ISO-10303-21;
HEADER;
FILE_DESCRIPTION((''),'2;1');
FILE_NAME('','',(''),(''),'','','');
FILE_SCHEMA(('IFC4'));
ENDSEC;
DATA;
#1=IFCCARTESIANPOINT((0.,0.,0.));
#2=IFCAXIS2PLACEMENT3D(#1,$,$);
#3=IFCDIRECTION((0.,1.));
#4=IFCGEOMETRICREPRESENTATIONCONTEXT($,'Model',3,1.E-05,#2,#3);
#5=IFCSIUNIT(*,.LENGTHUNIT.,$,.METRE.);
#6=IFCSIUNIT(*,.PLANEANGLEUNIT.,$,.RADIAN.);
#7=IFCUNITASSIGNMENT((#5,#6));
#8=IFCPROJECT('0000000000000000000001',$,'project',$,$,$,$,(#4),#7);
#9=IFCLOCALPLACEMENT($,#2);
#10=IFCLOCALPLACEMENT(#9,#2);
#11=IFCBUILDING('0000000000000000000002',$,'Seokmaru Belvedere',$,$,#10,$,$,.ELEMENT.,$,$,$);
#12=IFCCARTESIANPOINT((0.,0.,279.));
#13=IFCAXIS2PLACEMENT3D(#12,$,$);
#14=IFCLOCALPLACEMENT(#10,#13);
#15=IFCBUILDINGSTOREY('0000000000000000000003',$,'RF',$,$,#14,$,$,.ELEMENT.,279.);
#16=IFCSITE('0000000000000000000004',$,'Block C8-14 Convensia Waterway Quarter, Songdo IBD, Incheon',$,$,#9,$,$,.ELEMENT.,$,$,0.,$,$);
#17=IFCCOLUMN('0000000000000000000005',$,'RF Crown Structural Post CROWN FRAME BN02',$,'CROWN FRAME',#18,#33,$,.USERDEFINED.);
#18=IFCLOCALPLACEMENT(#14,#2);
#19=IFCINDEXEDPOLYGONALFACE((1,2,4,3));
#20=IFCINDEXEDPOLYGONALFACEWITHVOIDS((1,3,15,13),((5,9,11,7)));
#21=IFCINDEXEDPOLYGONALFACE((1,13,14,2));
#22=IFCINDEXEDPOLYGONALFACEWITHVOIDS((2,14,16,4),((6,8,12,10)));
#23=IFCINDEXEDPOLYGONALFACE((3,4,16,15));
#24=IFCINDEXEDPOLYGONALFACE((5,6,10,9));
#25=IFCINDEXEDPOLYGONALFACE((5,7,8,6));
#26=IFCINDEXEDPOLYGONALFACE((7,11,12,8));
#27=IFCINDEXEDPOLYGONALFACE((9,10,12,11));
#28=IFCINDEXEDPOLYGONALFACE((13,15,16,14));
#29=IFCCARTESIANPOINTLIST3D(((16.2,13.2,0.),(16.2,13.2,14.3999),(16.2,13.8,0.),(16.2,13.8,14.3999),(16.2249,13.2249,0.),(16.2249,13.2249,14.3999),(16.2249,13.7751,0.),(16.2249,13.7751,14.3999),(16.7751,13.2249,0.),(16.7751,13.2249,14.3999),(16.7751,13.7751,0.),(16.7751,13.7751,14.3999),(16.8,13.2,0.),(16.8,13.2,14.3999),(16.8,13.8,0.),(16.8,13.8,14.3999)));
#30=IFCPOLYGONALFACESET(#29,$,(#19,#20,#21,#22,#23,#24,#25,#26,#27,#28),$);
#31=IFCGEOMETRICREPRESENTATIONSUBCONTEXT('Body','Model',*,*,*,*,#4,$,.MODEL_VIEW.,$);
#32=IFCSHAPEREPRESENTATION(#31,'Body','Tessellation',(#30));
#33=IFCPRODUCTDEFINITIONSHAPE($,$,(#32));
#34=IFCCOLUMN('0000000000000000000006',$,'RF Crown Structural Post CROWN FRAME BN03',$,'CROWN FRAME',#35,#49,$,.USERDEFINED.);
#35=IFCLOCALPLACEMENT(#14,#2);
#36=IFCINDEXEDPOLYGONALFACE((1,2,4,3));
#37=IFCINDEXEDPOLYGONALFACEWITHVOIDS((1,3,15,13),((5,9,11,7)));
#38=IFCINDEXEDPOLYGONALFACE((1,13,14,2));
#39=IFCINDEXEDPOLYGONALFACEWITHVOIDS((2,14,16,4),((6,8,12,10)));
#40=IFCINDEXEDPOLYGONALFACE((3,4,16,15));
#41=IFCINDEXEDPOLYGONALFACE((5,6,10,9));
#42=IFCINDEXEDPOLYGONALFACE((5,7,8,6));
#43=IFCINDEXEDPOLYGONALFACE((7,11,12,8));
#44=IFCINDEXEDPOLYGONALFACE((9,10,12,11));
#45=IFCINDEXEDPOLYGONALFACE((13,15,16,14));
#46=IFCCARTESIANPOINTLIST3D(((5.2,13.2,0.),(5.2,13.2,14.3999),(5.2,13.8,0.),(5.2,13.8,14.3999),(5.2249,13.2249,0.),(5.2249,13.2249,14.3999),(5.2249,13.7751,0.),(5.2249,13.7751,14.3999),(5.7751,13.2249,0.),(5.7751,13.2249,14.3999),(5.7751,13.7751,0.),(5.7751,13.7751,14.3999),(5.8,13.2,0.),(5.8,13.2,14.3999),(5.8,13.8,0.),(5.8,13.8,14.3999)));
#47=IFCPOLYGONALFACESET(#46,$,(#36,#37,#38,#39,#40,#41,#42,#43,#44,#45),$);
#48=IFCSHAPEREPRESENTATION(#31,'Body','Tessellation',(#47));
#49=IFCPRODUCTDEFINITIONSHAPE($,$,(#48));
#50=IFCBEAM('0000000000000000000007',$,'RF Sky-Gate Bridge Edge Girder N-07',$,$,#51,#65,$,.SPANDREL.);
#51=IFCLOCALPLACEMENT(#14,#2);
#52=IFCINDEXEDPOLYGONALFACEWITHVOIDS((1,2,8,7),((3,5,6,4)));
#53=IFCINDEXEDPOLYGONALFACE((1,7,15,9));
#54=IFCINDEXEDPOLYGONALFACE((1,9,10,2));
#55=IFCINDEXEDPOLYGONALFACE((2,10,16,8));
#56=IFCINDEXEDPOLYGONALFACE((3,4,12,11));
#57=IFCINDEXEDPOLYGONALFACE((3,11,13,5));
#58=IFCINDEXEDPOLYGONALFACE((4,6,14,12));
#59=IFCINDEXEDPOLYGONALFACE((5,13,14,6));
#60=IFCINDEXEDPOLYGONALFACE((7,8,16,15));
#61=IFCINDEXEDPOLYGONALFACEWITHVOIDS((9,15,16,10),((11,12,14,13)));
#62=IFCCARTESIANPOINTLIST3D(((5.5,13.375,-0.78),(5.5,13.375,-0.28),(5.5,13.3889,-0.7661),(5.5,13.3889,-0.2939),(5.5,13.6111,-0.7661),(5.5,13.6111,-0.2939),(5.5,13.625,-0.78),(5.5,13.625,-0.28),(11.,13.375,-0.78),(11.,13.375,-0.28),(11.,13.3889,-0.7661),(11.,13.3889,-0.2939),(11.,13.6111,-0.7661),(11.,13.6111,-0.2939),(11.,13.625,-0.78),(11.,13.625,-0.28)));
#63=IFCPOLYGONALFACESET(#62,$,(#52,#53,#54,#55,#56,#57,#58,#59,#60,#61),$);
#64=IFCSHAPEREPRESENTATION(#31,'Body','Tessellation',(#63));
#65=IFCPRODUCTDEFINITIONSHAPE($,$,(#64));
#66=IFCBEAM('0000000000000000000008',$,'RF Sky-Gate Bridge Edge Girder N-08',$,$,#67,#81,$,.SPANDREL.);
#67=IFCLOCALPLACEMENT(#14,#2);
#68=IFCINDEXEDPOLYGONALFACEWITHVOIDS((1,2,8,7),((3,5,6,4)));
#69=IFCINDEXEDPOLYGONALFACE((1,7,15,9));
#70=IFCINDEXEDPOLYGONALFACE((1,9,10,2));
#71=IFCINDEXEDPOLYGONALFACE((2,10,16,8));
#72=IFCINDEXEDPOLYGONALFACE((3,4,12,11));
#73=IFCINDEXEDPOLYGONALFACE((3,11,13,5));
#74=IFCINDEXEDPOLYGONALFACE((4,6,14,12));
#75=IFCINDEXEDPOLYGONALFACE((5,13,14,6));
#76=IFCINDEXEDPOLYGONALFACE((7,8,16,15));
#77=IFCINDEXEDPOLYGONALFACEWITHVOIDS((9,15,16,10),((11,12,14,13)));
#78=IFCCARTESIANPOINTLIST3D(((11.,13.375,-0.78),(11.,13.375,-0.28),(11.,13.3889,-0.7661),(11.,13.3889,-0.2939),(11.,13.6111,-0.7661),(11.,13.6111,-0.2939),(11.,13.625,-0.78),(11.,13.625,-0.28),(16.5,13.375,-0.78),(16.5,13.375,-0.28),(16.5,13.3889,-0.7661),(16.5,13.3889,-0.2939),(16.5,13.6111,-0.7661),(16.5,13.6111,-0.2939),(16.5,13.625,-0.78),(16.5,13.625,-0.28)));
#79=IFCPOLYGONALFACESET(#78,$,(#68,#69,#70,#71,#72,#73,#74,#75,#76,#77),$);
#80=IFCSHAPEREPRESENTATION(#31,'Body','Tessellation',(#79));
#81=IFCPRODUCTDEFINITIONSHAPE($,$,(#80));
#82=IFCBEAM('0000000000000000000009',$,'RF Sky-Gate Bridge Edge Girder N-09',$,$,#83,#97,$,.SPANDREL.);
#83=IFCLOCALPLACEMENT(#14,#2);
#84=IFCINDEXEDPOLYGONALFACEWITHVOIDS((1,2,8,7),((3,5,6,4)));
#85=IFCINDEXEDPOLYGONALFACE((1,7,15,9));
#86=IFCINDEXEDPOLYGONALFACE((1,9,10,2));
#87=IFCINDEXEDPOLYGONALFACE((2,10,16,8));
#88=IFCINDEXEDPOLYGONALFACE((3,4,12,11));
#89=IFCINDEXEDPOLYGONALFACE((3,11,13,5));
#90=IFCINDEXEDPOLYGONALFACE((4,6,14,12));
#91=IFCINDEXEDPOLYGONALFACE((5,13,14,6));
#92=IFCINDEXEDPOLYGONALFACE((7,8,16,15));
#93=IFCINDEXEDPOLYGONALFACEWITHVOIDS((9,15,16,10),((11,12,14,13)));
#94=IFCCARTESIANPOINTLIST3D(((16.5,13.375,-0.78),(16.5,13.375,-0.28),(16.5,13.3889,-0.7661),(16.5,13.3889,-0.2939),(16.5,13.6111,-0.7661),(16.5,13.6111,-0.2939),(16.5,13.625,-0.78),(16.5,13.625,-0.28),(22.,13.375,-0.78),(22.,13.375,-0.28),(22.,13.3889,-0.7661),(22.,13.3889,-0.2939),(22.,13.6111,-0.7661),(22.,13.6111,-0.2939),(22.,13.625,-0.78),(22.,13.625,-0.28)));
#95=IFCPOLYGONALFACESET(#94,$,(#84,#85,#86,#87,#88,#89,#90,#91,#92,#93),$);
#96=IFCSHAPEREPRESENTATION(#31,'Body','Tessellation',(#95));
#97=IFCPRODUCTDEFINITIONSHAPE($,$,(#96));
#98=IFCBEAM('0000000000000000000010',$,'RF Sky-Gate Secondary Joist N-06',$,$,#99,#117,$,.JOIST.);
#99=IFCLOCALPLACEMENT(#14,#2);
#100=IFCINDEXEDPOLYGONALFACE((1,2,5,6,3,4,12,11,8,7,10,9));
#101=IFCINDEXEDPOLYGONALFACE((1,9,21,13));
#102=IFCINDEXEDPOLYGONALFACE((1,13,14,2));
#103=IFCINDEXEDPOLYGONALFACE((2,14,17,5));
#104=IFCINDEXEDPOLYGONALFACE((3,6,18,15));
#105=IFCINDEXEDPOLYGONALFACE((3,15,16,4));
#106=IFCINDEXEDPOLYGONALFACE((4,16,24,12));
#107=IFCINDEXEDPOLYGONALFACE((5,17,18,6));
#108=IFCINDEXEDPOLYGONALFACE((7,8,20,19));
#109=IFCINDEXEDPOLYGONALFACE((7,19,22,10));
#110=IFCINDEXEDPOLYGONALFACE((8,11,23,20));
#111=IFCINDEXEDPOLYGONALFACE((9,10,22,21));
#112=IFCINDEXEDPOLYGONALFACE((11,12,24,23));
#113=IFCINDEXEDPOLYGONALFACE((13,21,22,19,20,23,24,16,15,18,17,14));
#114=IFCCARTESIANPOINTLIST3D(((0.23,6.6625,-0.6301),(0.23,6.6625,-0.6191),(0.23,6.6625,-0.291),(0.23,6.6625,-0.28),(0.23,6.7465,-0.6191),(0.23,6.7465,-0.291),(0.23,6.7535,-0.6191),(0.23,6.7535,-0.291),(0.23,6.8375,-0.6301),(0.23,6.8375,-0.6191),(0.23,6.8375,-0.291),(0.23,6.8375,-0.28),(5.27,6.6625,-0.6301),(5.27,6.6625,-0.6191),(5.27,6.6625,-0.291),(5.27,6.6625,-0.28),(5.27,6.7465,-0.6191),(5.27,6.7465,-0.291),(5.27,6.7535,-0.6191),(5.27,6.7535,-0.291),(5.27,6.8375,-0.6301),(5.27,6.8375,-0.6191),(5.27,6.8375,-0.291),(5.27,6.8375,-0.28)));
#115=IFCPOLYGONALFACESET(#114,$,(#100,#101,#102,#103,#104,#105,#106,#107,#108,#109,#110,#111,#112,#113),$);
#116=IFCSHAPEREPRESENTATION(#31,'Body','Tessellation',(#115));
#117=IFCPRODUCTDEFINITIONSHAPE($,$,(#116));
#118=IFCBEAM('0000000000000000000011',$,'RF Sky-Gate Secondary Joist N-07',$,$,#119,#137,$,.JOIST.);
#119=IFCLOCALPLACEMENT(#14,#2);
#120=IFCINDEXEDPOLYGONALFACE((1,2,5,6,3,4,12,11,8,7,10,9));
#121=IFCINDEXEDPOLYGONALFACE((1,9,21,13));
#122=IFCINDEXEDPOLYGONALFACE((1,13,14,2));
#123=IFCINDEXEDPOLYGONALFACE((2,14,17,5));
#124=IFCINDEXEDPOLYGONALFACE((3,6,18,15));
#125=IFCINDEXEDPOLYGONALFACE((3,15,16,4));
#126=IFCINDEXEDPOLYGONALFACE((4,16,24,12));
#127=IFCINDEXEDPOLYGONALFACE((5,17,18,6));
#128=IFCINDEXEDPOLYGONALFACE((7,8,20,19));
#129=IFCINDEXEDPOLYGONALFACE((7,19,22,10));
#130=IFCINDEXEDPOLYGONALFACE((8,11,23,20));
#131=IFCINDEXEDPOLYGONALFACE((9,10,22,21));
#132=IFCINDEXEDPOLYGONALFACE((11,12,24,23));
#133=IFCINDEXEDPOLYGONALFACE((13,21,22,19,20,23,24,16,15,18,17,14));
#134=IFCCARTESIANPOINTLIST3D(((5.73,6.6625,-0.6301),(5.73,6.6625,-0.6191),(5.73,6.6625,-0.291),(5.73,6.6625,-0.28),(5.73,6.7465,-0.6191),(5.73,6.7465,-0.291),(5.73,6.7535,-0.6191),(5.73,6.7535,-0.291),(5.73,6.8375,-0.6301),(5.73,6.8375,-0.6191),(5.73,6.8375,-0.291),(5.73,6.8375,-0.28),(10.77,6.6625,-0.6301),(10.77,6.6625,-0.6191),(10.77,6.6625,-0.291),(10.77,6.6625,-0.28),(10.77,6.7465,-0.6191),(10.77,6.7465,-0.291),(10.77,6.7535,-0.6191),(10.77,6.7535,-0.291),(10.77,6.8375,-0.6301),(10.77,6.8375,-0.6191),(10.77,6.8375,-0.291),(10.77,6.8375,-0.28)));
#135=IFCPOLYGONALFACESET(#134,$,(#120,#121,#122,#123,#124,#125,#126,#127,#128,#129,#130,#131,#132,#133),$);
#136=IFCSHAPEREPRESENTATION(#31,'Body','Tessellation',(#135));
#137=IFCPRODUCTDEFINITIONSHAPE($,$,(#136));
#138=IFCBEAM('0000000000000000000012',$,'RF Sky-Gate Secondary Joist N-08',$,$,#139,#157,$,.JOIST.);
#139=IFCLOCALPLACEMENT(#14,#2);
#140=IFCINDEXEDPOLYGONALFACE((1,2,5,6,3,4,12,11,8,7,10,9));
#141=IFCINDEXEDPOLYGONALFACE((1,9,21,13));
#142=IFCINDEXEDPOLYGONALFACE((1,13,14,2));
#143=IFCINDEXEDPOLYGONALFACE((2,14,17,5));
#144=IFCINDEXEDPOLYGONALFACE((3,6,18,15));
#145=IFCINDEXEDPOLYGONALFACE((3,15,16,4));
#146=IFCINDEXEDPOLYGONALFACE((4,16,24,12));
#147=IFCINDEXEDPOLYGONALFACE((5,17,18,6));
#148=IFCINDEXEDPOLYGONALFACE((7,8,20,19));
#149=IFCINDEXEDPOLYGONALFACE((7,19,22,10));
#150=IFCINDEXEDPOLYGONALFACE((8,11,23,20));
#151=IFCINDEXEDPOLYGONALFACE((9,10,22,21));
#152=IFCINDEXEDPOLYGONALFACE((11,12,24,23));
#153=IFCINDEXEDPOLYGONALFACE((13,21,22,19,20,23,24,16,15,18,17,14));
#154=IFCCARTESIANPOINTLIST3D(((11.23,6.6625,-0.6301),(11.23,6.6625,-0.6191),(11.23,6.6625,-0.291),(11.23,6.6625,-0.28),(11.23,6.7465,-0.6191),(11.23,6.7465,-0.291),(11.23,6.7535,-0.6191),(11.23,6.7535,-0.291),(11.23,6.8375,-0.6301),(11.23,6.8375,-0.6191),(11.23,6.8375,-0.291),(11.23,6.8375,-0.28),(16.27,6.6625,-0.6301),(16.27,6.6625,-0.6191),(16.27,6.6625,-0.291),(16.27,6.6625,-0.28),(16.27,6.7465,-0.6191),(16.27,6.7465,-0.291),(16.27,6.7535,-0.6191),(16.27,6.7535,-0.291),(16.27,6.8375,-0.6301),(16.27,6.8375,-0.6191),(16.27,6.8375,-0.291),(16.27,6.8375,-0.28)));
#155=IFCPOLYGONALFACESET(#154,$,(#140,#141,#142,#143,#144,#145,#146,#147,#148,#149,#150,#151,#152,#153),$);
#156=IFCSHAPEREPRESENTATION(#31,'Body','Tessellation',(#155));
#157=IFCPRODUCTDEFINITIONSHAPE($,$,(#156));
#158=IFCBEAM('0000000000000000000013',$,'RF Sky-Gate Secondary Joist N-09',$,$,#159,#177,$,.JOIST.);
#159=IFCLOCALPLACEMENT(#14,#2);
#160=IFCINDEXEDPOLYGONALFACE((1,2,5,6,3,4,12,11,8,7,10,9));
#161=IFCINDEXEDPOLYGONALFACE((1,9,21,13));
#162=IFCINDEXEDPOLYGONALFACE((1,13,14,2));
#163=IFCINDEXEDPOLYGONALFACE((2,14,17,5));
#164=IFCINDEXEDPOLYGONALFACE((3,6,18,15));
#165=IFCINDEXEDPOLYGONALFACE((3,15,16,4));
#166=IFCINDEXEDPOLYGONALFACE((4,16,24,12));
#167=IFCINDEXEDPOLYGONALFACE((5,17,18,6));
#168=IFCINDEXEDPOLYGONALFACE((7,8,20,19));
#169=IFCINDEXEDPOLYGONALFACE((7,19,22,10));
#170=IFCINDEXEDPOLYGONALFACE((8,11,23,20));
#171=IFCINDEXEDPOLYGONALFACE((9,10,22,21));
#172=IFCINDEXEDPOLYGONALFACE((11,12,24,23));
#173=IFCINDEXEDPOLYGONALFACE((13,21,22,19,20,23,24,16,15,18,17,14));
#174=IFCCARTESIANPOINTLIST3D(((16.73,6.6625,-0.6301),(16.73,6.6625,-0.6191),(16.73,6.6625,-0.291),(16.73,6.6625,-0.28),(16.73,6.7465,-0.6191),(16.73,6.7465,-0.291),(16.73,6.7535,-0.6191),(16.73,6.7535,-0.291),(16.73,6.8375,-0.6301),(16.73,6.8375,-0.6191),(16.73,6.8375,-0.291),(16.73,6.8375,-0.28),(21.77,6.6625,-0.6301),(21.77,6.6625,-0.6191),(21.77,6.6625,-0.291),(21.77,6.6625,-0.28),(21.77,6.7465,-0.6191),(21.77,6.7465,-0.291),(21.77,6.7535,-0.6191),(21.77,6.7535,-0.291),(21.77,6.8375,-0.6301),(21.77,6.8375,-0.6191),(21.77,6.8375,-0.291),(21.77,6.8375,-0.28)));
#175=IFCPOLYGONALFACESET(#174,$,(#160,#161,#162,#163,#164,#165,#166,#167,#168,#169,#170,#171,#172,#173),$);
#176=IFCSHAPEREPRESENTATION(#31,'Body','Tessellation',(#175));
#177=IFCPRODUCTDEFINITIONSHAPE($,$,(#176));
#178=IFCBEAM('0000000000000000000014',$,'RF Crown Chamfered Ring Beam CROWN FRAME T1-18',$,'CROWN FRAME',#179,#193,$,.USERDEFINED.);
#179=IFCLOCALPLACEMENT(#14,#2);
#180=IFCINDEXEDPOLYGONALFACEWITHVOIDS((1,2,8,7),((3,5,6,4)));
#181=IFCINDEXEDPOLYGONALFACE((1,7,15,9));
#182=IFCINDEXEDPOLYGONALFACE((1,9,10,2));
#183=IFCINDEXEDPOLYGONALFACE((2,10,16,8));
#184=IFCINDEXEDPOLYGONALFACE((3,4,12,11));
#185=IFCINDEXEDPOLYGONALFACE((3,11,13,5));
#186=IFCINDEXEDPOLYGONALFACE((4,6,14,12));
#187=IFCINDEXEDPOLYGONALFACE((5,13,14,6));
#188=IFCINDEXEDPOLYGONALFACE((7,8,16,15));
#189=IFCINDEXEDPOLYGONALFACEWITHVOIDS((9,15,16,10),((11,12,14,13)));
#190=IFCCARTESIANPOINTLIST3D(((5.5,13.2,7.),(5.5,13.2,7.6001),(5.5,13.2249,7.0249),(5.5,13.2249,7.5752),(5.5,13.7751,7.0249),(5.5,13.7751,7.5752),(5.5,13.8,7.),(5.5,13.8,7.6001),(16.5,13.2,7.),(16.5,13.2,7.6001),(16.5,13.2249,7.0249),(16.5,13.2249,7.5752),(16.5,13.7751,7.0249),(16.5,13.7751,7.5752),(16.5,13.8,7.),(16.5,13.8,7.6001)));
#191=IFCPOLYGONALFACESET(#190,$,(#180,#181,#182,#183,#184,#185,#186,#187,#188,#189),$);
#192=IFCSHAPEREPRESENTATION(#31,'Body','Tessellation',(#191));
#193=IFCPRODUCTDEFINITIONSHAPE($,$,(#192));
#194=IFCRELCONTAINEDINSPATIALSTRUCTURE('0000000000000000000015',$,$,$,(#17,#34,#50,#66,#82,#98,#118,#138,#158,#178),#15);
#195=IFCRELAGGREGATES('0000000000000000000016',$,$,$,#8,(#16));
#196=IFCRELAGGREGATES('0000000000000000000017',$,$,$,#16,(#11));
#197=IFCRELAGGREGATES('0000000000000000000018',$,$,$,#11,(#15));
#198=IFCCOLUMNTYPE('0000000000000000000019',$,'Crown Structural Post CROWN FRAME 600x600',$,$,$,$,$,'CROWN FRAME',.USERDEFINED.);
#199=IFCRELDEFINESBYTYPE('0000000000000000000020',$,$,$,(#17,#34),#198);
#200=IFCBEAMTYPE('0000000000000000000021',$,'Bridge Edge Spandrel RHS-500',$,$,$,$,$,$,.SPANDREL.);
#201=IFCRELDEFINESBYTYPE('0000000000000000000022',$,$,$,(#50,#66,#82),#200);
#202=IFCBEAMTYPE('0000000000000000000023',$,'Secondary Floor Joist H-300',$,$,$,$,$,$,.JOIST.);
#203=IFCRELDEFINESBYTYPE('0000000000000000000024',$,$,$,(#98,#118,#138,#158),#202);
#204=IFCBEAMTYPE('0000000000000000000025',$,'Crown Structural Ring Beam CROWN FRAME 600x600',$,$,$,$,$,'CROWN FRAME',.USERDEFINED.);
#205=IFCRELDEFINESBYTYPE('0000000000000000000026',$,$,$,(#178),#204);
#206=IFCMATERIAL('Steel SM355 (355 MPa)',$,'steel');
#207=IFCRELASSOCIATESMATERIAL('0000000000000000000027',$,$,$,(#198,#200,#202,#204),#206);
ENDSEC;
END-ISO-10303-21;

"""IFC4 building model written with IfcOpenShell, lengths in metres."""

from ifc_helpers import new_model, si_unit, direction, frame, origin, origin_2d, place, context, subcontext, project, spatial, hollow_rectangle, i_section, extrude, source, transform, mapped, material, material_profile, profile_set, type_object, type_shapes, element, save


model = new_model("IFC4")

# Units and contexts
model_context = context("Model", 3, precision=1e-05, world=origin(), true_north=direction((0.0, 1.0)))
body_context = subcontext(model_context, "Body", "Model", "MODEL_VIEW")
ifc_project = project(units=[si_unit("LENGTHUNIT", "METRE"), si_unit("PLANEANGLEUNIT", "RADIAN")], contexts=[model_context])

# Site, building, storey
site_placement = place(None, origin())
site = spatial("IfcSite", under=ifc_project, at=site_placement, Name="Block C8-14 Convensia Waterway Quarter, Songdo IBD, Incheon", CompositionType="ELEMENT", RefElevation=0.0)
building_placement = place(site_placement, origin())
building = spatial("IfcBuilding", under=site, at=building_placement, Name="Seokmaru Belvedere", CompositionType="ELEMENT")
storey_placement = place(building_placement, frame((0.0, 0.0, 279.0)))
storey = spatial("IfcBuildingStorey", under=building, at=storey_placement, Name="RF", CompositionType="ELEMENT", Elevation=279.0)

# Columns
ifc_material_1 = material(Name="Steel SM355 (355 MPa)", Category="steel")
ifc_material_profile_1 = material_profile(ifc_material_1, hollow_rectangle(XDim=0.6001, YDim=0.6001, WallThickness=0.0249, at=origin_2d()), Name="HSS-600x600x25")
ifc_profile_set_1 = profile_set([ifc_material_profile_1], Name="Steel SM355 (355 MPa)")
column_type = type_object("IfcColumnType", Name="Crown Structural Post CROWN FRAME 600x600", ElementType="CROWN FRAME", PredefinedType="USERDEFINED", material=ifc_profile_set_1)
shared_shape_1 = source(origin(), body_context, "Body", "SweptSolid", [
    extrude(hollow_rectangle(XDim=0.6001, YDim=0.6001, WallThickness=0.0249, at=origin_2d()), origin(), (0.0, 0.0, 1.0), 14.3999),
])
type_shapes(column_type, [shared_shape_1])
for number, where, z_axis, x_axis, name in (
    (1, (16.5, 13.5, 0.0), (0.0, 0.0, 1.0), (1.0, 0.0, 0.0), "RF Crown Structural Post CROWN FRAME BN02"),
    (2, (5.5, 13.5, 0.0), (0.0, 0.0, 1.0), (1.0, 0.0, 0.0), "RF Crown Structural Post CROWN FRAME BN03"),
):
    element("IfcColumn", number, at=place(storey_placement, frame(where, z_axis=z_axis, x_axis=x_axis)), inside=storey, type_object=column_type, Name=name, ObjectType="CROWN FRAME", PredefinedType="USERDEFINED", context=body_context, shape_type="MappedRepresentation", body=[
        mapped(shared_shape_1, transform((0.0, 0.0, 0.0), scale=1.0)),
    ])

# Beams
ifc_material_profile_2 = material_profile(ifc_material_1, hollow_rectangle(XDim=0.25, YDim=0.5, WallThickness=0.0139, at=origin_2d()), Name="RHS-500x250x14")
ifc_profile_set_2 = profile_set([ifc_material_profile_2], Name="Steel SM355 (355 MPa)")
beam_type_1 = type_object("IfcBeamType", Name="Bridge Edge Spandrel RHS-500", PredefinedType="SPANDREL", material=ifc_profile_set_2)
shared_shape_2 = source(origin(), body_context, "Body", "SweptSolid", [
    extrude(hollow_rectangle(XDim=0.25, YDim=0.5, WallThickness=0.0139, at=origin_2d()), origin(), (0.0, 0.0, 1.0), 5.5),
])
type_shapes(beam_type_1, [shared_shape_2])
for number, where, z_axis, x_axis, name in (
    (3, (5.5, 13.5, -0.53), (1.0, 0.0, 0.0), (0.0, 1.0, 0.0), "RF Sky-Gate Bridge Edge Girder N-07"),
    (4, (11.0, 13.5, -0.53), (1.0, 0.0, 0.0), (0.0, 1.0, 0.0), "RF Sky-Gate Bridge Edge Girder N-08"),
    (5, (16.5, 13.5, -0.53), (1.0, 0.0, 0.0), (0.0, 1.0, 0.0), "RF Sky-Gate Bridge Edge Girder N-09"),
):
    element("IfcBeam", number, at=place(storey_placement, frame(where, z_axis=z_axis, x_axis=x_axis)), inside=storey, type_object=beam_type_1, Name=name, PredefinedType="SPANDREL", context=body_context, shape_type="MappedRepresentation", body=[
        mapped(shared_shape_2, transform((0.0, 0.0, 0.0), scale=1.0)),
    ])
ifc_material_profile_3 = material_profile(ifc_material_1, i_section(OverallWidth=0.175, OverallDepth=0.3501, WebThickness=0.0071, FlangeThickness=0.011, at=origin_2d()), Name="H-350x175x7x11")
ifc_profile_set_3 = profile_set([ifc_material_profile_3], Name="Steel SM355 (355 MPa)")
beam_type_2 = type_object("IfcBeamType", Name="Secondary Floor Joist H-300", PredefinedType="JOIST", material=ifc_profile_set_3)
shared_shape_3 = source(origin(), body_context, "Body", "SweptSolid", [
    extrude(i_section(OverallWidth=0.175, OverallDepth=0.3501, WebThickness=0.0071, FlangeThickness=0.011, at=origin_2d()), origin(), (0.0, 0.0, 1.0), 5.04),
])
type_shapes(beam_type_2, [shared_shape_3])
for number, where, z_axis, x_axis, name in (
    (6, (0.23, 6.75, -0.4551), (1.0, 0.0, 0.0), (0.0, 1.0, 0.0), "RF Sky-Gate Secondary Joist N-06"),
    (7, (5.73, 6.75, -0.4551), (1.0, 0.0, 0.0), (0.0, 1.0, 0.0), "RF Sky-Gate Secondary Joist N-07"),
    (8, (11.23, 6.75, -0.4551), (1.0, 0.0, 0.0), (0.0, 1.0, 0.0), "RF Sky-Gate Secondary Joist N-08"),
    (9, (16.73, 6.75, -0.4551), (1.0, 0.0, 0.0), (0.0, 1.0, 0.0), "RF Sky-Gate Secondary Joist N-09"),
):
    element("IfcBeam", number, at=place(storey_placement, frame(where, z_axis=z_axis, x_axis=x_axis)), inside=storey, type_object=beam_type_2, Name=name, PredefinedType="JOIST", context=body_context, shape_type="MappedRepresentation", body=[
        mapped(shared_shape_3, transform((0.0, 0.0, 0.0), scale=1.0)),
    ])
ifc_material_profile_4 = material_profile(ifc_material_1, hollow_rectangle(XDim=0.6001, YDim=0.6001, WallThickness=0.0249, at=origin_2d()), Name="HSS-600x600x25")
ifc_profile_set_4 = profile_set([ifc_material_profile_4], Name="Steel SM355 (355 MPa)")
beam_type_3 = type_object("IfcBeamType", Name="Crown Structural Ring Beam CROWN FRAME 600x600", ElementType="CROWN FRAME", PredefinedType="USERDEFINED", material=ifc_profile_set_4)
shared_shape_4 = source(origin(), body_context, "Body", "SweptSolid", [
    extrude(hollow_rectangle(XDim=0.6001, YDim=0.6001, WallThickness=0.0249, at=origin_2d()), origin(), (0.0, 0.0, 1.0), 11.0),
])
type_shapes(beam_type_3, [shared_shape_4])
for number, where, z_axis, x_axis, name in (
    (10, (16.5, 13.5, 7.3), (-1.0, 0.0, 0.0), (0.0, -1.0, 0.0), "RF Crown Chamfered Ring Beam CROWN FRAME T1-18"),
):
    element("IfcBeam", number, at=place(storey_placement, frame(where, z_axis=z_axis, x_axis=x_axis)), inside=storey, type_object=beam_type_3, Name=name, ObjectType="CROWN FRAME", PredefinedType="USERDEFINED", context=body_context, shape_type="MappedRepresentation", body=[
        mapped(shared_shape_4, transform((0.0, 0.0, 0.0), scale=1.0)),
    ])

save(model, "model.ifc")
